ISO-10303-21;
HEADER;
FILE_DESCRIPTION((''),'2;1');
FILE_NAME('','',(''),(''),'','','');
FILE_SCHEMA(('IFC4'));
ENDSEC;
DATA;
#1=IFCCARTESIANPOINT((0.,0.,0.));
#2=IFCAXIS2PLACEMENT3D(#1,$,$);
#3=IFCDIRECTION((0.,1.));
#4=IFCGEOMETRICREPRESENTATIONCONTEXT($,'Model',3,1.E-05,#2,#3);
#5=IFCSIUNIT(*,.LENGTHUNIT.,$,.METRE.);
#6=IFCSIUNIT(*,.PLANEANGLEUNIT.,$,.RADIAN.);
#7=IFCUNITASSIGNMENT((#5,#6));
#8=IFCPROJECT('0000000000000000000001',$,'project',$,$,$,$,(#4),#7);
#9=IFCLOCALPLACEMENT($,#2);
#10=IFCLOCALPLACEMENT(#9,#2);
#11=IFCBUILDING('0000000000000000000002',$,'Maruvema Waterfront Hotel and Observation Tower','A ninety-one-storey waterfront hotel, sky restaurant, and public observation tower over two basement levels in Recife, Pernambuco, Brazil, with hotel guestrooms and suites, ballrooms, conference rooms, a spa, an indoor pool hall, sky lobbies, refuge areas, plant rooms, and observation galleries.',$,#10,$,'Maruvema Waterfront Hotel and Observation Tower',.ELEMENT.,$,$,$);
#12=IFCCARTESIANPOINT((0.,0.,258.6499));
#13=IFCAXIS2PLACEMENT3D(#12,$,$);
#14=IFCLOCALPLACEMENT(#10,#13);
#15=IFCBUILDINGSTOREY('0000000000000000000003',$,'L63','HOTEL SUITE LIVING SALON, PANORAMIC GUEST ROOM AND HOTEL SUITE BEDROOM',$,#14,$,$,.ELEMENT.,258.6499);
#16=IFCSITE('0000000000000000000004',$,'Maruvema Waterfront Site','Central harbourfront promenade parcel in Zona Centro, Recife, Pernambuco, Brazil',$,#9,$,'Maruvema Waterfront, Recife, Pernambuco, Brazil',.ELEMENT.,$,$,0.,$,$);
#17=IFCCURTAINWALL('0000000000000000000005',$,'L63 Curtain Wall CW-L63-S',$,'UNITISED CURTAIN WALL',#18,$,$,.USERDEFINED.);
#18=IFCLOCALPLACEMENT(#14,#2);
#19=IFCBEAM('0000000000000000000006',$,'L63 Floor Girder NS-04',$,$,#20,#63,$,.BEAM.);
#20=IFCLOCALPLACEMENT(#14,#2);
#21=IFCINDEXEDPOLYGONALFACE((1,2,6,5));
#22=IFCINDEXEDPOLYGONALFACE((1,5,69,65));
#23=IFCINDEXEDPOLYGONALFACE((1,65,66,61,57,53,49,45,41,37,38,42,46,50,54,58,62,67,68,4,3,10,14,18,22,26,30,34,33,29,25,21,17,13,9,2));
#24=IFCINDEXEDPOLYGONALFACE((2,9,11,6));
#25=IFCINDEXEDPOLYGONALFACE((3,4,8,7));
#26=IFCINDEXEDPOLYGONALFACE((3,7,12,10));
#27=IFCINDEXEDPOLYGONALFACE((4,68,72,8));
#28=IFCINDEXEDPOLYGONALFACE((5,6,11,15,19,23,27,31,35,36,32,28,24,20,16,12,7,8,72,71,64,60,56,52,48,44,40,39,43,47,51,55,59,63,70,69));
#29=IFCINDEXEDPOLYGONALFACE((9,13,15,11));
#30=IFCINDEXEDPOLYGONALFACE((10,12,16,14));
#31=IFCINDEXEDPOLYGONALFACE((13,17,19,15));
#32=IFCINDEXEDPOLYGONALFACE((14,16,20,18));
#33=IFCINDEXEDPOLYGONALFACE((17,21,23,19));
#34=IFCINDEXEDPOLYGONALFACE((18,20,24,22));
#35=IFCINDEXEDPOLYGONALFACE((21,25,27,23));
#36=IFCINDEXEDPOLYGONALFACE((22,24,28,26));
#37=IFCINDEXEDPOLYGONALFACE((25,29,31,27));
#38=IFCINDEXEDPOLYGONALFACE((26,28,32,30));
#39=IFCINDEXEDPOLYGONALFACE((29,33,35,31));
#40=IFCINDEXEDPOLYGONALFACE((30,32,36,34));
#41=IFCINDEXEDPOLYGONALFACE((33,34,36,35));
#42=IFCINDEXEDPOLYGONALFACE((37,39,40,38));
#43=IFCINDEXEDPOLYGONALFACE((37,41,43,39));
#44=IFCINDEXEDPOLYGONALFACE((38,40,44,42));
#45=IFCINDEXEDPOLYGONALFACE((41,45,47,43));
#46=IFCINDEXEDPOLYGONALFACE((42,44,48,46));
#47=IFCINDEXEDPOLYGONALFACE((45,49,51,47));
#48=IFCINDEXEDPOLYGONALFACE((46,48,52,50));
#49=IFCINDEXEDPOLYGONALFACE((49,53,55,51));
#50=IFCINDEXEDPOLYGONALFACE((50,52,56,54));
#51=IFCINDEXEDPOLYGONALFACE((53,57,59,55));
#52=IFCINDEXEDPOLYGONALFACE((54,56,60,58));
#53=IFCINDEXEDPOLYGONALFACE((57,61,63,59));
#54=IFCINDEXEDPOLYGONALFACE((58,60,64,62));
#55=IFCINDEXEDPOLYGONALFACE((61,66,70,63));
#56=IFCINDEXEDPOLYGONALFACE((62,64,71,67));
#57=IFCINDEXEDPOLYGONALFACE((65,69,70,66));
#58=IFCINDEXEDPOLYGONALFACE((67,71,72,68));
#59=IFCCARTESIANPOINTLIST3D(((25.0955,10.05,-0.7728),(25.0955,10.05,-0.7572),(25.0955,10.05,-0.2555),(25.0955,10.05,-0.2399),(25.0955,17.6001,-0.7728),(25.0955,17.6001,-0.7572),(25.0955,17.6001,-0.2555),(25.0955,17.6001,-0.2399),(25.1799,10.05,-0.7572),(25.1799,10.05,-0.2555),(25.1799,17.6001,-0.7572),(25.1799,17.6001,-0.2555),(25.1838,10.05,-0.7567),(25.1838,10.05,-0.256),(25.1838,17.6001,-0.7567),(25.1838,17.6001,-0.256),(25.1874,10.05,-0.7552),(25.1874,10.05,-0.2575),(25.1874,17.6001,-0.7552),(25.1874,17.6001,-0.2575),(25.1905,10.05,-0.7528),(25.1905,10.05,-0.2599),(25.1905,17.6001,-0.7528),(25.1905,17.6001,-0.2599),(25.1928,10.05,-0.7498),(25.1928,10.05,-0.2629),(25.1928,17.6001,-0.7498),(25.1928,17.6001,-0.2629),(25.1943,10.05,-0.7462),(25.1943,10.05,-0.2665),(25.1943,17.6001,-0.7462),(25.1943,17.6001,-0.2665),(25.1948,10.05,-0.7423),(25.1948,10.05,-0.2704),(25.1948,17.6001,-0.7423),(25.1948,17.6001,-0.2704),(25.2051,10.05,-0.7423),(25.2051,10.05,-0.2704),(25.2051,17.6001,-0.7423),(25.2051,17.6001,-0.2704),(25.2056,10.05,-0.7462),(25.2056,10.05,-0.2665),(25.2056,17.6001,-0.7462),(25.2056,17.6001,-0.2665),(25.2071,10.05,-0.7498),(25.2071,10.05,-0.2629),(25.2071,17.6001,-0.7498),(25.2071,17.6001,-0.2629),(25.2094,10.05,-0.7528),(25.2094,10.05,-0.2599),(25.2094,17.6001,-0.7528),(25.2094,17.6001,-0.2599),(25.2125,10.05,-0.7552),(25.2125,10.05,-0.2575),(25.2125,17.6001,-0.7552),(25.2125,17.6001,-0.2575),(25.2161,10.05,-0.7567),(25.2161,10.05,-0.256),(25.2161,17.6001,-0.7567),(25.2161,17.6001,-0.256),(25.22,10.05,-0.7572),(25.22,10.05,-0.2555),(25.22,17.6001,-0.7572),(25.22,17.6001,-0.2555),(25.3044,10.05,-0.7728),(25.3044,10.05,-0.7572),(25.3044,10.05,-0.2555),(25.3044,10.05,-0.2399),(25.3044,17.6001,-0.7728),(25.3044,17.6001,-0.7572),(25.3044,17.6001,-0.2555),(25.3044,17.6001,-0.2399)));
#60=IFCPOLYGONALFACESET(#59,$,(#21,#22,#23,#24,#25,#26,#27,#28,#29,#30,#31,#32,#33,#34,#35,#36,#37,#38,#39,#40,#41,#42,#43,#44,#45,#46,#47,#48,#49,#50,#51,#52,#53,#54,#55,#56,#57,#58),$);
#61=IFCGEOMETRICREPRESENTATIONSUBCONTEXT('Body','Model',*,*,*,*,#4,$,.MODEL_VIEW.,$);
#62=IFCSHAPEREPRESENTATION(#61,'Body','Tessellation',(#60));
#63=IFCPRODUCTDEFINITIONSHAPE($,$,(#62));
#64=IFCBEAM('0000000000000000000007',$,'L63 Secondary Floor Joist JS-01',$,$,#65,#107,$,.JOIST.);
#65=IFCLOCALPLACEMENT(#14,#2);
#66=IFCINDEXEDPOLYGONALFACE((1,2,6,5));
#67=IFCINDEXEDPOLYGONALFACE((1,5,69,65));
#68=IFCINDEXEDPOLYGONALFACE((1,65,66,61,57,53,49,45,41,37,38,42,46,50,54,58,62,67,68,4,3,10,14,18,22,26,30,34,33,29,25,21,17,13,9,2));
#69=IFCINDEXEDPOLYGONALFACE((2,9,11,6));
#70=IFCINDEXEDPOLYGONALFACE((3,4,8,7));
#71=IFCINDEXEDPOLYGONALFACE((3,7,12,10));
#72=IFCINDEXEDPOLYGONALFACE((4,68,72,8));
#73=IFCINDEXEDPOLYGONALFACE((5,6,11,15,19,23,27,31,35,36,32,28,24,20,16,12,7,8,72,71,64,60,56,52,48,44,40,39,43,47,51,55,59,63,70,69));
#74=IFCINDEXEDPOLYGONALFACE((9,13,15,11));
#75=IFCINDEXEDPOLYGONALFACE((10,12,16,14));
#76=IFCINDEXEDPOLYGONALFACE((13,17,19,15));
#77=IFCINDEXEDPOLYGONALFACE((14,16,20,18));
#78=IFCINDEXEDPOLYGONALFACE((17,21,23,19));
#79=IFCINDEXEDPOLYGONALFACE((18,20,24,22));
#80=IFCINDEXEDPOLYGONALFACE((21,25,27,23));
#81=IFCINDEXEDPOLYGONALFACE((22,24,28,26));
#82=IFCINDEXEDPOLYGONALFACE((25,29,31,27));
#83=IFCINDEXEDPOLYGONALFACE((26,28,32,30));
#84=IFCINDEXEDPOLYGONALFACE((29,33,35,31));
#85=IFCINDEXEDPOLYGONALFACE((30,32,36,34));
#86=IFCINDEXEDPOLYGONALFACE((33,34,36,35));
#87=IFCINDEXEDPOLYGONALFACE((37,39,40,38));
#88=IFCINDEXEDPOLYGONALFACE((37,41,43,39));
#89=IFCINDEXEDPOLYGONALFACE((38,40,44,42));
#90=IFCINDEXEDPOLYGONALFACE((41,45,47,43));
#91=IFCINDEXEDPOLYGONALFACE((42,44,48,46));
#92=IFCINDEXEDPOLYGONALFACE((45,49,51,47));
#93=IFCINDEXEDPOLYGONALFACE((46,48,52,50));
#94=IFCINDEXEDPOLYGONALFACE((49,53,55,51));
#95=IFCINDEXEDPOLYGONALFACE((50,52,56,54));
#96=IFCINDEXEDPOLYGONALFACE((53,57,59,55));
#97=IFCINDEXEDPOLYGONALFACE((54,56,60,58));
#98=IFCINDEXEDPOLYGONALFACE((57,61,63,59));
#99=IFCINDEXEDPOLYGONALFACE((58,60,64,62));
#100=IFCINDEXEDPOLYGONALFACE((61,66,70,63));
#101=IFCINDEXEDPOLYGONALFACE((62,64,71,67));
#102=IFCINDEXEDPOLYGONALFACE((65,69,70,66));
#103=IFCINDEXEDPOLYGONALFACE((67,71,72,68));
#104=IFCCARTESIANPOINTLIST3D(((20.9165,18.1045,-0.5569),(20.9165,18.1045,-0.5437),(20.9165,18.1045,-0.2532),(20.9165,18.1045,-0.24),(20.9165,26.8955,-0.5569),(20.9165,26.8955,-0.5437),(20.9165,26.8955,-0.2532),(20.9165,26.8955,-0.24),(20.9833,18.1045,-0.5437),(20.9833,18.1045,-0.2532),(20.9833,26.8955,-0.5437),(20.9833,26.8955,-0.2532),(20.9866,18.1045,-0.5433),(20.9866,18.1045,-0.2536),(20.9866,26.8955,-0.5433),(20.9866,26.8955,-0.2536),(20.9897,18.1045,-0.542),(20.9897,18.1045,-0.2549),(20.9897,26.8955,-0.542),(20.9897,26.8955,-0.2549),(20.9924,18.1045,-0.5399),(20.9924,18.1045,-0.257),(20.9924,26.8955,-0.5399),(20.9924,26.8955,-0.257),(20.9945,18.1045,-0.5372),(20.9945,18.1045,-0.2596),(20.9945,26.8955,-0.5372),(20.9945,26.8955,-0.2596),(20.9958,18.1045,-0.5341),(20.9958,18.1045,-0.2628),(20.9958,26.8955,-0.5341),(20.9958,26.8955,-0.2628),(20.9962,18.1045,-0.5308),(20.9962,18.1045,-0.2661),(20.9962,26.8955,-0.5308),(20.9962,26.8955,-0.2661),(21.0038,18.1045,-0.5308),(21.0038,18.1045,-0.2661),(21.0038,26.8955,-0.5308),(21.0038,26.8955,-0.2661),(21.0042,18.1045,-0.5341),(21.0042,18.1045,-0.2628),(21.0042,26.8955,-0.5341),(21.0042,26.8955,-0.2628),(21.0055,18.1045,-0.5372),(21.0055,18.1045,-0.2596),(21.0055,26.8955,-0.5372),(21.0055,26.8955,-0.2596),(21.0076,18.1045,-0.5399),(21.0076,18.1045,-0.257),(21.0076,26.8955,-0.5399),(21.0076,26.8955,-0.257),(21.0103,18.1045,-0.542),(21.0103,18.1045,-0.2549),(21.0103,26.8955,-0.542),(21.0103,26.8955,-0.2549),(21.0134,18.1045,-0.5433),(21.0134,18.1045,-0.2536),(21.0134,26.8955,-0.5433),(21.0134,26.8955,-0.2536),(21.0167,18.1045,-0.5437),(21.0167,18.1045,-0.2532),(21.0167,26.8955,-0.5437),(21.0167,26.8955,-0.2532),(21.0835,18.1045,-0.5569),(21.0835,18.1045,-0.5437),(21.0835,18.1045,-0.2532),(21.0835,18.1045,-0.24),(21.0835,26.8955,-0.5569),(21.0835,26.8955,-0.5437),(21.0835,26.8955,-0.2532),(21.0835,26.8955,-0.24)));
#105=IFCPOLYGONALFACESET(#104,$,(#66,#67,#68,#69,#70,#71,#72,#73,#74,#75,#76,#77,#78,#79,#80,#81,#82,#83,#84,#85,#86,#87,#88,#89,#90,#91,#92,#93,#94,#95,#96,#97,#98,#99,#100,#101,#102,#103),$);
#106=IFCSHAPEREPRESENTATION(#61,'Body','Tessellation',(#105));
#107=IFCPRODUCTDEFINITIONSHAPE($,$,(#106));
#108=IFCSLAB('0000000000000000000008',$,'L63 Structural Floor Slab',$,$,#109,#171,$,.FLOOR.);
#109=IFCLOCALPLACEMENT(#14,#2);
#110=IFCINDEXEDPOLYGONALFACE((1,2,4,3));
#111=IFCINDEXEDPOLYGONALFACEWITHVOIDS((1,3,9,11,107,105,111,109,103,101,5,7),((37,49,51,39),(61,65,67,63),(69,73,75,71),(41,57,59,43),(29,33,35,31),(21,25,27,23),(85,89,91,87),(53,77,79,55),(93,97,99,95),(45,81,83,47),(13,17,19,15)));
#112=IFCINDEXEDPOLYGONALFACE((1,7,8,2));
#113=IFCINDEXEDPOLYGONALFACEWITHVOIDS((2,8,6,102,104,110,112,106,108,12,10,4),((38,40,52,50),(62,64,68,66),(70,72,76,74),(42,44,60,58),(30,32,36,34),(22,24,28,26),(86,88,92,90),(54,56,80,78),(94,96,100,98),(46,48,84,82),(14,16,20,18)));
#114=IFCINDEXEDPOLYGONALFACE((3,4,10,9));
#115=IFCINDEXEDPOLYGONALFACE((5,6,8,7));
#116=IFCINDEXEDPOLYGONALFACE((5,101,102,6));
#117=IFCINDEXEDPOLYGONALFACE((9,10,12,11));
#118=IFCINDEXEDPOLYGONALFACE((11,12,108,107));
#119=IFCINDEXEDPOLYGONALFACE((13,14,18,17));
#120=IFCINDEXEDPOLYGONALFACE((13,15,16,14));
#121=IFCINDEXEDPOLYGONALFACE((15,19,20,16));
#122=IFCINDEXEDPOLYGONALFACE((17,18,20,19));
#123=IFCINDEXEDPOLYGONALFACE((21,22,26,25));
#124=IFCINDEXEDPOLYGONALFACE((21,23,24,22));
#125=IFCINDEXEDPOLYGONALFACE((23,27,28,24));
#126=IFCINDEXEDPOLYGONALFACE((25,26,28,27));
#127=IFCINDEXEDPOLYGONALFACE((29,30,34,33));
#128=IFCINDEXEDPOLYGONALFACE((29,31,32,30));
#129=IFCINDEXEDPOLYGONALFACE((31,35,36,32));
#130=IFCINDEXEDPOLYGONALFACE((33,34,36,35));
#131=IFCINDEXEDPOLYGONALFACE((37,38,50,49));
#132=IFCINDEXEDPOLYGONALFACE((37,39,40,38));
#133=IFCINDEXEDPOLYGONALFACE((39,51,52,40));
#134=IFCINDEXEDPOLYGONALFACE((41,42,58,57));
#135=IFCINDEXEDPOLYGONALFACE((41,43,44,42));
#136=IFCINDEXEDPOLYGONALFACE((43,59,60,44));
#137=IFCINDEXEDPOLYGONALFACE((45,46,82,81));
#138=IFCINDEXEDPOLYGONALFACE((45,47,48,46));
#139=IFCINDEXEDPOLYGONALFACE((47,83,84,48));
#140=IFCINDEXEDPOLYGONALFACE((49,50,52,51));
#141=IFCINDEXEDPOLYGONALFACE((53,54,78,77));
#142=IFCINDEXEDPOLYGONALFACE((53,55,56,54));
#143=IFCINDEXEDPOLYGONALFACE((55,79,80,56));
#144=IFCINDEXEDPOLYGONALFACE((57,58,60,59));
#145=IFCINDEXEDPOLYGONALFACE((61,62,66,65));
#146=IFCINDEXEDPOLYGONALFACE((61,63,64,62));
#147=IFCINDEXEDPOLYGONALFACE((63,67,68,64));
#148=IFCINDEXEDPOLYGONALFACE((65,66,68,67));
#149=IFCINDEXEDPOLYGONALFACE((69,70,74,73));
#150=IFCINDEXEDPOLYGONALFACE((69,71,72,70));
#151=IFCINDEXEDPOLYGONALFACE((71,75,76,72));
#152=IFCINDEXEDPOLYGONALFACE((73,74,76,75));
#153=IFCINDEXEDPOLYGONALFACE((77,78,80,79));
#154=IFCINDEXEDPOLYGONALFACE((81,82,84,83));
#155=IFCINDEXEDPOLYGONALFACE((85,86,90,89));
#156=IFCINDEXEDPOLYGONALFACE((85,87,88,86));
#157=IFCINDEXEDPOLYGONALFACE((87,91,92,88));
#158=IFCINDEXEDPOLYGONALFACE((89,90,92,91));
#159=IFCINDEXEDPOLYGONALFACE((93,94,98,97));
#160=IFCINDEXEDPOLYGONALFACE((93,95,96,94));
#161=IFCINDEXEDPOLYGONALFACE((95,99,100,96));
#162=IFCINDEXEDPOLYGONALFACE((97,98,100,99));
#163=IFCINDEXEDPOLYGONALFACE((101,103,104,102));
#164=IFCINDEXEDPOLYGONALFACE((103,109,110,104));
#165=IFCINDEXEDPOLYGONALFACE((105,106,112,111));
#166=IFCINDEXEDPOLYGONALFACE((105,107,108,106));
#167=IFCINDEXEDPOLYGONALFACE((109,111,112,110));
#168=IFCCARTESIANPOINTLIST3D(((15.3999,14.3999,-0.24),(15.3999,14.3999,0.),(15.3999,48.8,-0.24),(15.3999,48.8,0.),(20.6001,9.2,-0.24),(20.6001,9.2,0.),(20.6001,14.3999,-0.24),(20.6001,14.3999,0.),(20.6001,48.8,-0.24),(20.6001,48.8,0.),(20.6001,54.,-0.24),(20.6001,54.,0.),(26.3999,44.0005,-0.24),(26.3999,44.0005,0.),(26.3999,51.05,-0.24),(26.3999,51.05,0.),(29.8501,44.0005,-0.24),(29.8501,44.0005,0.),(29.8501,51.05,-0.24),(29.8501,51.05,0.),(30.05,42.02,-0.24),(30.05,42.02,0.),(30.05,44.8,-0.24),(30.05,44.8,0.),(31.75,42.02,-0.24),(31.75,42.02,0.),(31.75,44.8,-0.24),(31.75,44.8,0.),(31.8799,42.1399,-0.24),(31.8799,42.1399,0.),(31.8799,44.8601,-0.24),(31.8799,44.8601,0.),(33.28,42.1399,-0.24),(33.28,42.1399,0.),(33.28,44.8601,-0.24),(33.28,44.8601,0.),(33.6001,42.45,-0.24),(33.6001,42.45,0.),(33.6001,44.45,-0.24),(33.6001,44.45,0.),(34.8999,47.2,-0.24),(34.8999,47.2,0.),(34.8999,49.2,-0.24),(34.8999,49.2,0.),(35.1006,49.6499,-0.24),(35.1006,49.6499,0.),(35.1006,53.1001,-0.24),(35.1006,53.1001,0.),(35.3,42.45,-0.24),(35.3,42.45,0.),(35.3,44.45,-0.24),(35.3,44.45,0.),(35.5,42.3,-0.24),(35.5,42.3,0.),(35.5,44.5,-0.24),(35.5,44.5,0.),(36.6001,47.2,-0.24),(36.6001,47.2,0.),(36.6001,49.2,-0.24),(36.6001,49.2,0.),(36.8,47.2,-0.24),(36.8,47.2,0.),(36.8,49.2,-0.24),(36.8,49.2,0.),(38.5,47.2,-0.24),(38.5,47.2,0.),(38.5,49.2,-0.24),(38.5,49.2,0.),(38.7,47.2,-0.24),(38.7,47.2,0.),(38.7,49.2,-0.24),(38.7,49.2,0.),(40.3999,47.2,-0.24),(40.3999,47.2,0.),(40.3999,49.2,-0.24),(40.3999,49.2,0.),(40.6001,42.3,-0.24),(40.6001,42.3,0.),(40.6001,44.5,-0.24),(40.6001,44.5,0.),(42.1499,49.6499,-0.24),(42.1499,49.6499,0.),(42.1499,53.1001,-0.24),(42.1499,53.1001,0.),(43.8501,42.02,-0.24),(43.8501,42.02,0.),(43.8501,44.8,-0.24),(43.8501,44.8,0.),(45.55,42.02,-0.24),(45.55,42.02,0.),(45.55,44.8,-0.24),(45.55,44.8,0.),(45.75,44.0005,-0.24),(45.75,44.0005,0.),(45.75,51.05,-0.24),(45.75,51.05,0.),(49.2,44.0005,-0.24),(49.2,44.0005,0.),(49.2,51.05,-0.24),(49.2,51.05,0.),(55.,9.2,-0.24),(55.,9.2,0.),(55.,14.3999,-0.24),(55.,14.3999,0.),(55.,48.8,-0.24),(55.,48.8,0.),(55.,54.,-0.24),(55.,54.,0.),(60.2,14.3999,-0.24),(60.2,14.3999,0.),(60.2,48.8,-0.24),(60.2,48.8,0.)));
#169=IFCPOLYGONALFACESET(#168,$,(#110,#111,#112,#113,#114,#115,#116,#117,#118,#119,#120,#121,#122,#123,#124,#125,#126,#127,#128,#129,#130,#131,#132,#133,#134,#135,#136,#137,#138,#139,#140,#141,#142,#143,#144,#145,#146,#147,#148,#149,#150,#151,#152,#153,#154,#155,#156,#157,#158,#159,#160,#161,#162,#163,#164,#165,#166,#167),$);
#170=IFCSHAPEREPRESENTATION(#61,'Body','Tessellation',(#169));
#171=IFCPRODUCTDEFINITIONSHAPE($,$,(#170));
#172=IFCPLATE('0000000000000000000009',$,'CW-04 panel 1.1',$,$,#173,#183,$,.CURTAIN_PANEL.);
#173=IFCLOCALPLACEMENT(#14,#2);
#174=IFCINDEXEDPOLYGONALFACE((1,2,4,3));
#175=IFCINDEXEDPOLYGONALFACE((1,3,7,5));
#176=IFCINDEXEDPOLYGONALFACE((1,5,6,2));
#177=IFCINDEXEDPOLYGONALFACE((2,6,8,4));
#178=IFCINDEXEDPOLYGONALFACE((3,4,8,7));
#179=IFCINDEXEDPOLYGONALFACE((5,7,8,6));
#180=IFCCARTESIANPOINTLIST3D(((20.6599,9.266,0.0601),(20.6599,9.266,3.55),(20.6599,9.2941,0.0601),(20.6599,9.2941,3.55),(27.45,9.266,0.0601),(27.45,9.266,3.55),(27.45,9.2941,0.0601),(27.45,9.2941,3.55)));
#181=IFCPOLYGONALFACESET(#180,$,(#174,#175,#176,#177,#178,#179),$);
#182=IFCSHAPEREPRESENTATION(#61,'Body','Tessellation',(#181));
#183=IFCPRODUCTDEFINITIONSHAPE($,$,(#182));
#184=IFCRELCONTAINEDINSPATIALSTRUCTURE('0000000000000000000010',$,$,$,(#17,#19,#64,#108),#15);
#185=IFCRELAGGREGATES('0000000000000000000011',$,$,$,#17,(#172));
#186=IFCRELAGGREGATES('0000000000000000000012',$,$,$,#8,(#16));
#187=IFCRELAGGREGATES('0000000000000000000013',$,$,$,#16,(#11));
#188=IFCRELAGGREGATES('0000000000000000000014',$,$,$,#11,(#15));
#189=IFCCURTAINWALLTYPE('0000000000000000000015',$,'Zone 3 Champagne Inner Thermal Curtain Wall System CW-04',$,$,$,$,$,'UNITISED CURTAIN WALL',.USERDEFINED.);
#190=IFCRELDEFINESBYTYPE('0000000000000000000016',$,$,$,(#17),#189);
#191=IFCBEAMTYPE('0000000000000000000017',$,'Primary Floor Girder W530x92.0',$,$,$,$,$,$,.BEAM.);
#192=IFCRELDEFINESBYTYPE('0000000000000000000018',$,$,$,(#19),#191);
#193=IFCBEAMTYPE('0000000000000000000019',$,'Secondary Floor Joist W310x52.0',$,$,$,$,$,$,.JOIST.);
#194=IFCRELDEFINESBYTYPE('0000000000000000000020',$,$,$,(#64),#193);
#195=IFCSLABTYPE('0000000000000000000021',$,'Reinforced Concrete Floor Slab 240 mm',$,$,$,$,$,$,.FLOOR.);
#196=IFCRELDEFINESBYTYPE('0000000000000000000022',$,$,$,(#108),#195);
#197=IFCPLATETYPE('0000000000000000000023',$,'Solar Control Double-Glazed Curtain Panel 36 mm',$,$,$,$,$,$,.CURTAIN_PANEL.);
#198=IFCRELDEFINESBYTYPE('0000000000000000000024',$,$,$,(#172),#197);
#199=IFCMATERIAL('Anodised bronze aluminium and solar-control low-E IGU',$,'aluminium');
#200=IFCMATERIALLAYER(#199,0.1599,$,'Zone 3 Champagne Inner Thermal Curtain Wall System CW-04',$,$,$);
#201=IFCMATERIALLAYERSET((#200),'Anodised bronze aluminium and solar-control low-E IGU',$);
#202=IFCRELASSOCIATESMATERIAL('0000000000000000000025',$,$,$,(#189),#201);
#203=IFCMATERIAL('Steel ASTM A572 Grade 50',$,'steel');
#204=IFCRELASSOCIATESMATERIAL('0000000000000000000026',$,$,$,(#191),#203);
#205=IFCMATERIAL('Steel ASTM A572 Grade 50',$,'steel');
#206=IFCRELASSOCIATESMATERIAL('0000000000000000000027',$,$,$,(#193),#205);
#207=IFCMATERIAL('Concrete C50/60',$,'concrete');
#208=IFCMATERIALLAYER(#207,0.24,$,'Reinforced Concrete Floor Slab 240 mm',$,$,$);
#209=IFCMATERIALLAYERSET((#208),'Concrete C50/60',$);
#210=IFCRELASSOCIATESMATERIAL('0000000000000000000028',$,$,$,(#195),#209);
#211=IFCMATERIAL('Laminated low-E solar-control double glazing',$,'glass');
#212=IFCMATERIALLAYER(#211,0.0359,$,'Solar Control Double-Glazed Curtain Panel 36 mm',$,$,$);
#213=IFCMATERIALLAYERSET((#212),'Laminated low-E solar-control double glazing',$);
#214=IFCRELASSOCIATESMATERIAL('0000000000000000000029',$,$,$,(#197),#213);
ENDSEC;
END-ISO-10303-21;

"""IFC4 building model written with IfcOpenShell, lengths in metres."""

from ifc_helpers import new_model, si_unit, direction, frame, origin, origin_2d, place, context, subcontext, project, spatial, polyline, rectangle, i_section, outline, extrude, material, layer, layer_set, material_profile, profile_set, type_object, element, aggregate, save


model = new_model("IFC4")

# Units and contexts
model_context = context("Model", 3, precision=1e-05, world=origin(), true_north=direction((0.0, 1.0)))
body_context = subcontext(model_context, "Body", "Model", "MODEL_VIEW")
ifc_project = project(units=[si_unit("LENGTHUNIT", "METRE"), si_unit("PLANEANGLEUNIT", "RADIAN")], contexts=[model_context])

# Site, building, storey
site_placement = place(None, origin())
site = spatial("IfcSite", under=ifc_project, at=site_placement, Name="Maruvema Waterfront Site", Description="Central harbourfront promenade parcel in Zona Centro, Recife, Pernambuco, Brazil", LongName="Maruvema Waterfront, Recife, Pernambuco, Brazil", CompositionType="ELEMENT", RefElevation=0.0)
building_placement = place(site_placement, origin())
building = spatial("IfcBuilding", under=site, at=building_placement, Name="Maruvema Waterfront Hotel and Observation Tower", Description="A ninety-one-storey waterfront hotel, sky restaurant, and public observation tower over two basement levels in Recife, Pernambuco, Brazil, with hotel guestrooms and suites, ballrooms, conference rooms, a spa, an indoor pool hall, sky lobbies, refuge areas, plant rooms, and observation galleries.", LongName="Maruvema Waterfront Hotel and Observation Tower", CompositionType="ELEMENT")
storey_placement = place(building_placement, frame((0.0, 0.0, 258.6499)))
storey = spatial("IfcBuildingStorey", under=building, at=storey_placement, Name="L63", Description="HOTEL SUITE LIVING SALON, PANORAMIC GUEST ROOM AND HOTEL SUITE BEDROOM", CompositionType="ELEMENT", Elevation=258.6499)

# Curtain wall
ifc_material_1 = material(Name="Anodised bronze aluminium and solar-control low-E IGU", Category="aluminium")
ifc_layer_1 = layer(ifc_material_1, 0.1599, Name="Zone 3 Champagne Inner Thermal Curtain Wall System CW-04")
ifc_layer_set_1 = layer_set([ifc_layer_1], Name="Anodised bronze aluminium and solar-control low-E IGU")
curtain_wall_type = type_object("IfcCurtainWallType", Name="Zone 3 Champagne Inner Thermal Curtain Wall System CW-04", ElementType="UNITISED CURTAIN WALL", PredefinedType="USERDEFINED", material=ifc_layer_set_1)
curtain_wall_1_placement = place(storey_placement, origin())
curtain_wall_1 = element("IfcCurtainWall", 1, at=curtain_wall_1_placement, inside=storey, type_object=curtain_wall_type, Name="L63 Curtain Wall CW-L63-S", ObjectType="UNITISED CURTAIN WALL", PredefinedType="USERDEFINED")

# Beams
ifc_material_2 = material(Name="Steel ASTM A572 Grade 50", Category="steel")
ifc_material_profile_1 = material_profile(ifc_material_2, i_section(OverallWidth=0.209, OverallDepth=0.533, WebThickness=0.0103, FlangeThickness=0.0156, FilletRadius=0.0149, at=origin_2d()), Name="W530x92.0")
ifc_profile_set_1 = profile_set([ifc_material_profile_1], Name="Steel ASTM A572 Grade 50")
beam_type_1 = type_object("IfcBeamType", Name="Primary Floor Girder W530x92.0", PredefinedType="BEAM", material=ifc_profile_set_1)
beam_1_placement = place(storey_placement, frame((25.2, 10.05, -0.5063), z_axis=(0.0, 1.0, 0.0), x_axis=(-1.0, 0.0, 0.0)))
element("IfcBeam", 2, at=beam_1_placement, inside=storey, type_object=beam_type_1, Name="L63 Floor Girder NS-04", PredefinedType="BEAM", context=body_context, shape_type="SweptSolid", body=[
    extrude(i_section(OverallWidth=0.209, OverallDepth=0.533, WebThickness=0.0103, FlangeThickness=0.0156, FilletRadius=0.0149, at=origin_2d()), origin(), (0.0, 0.0, 1.0), 7.55),
])
ifc_material_3 = material(Name="Steel ASTM A572 Grade 50", Category="steel")
ifc_material_profile_2 = material_profile(ifc_material_3, i_section(OverallWidth=0.167, OverallDepth=0.3169, WebThickness=0.0076, FlangeThickness=0.0132, FilletRadius=0.0129, at=origin_2d()), Name="W310x52.0")
ifc_profile_set_2 = profile_set([ifc_material_profile_2], Name="Steel ASTM A572 Grade 50")
beam_type_2 = type_object("IfcBeamType", Name="Secondary Floor Joist W310x52.0", PredefinedType="JOIST", material=ifc_profile_set_2)
beam_2_placement = place(storey_placement, frame((21.0, 18.1045, -0.3984), z_axis=(0.0, 1.0, 0.0), x_axis=(-1.0, 0.0, 0.0)))
element("IfcBeam", 3, at=beam_2_placement, inside=storey, type_object=beam_type_2, Name="L63 Secondary Floor Joist JS-01", PredefinedType="JOIST", context=body_context, shape_type="SweptSolid", body=[
    extrude(i_section(OverallWidth=0.167, OverallDepth=0.3169, WebThickness=0.0076, FlangeThickness=0.0132, FilletRadius=0.0129, at=origin_2d()), origin(), (0.0, 0.0, 1.0), 8.791),
])

# Slab
ifc_material_4 = material(Name="Concrete C50/60", Category="concrete")
ifc_layer_2 = layer(ifc_material_4, 0.24, Name="Reinforced Concrete Floor Slab 240 mm")
ifc_layer_set_2 = layer_set([ifc_layer_2], Name="Concrete C50/60")
slab_type_1 = type_object("IfcSlabType", Name="Reinforced Concrete Floor Slab 240 mm", PredefinedType="FLOOR", material=ifc_layer_set_2)
slab_1_placement = place(storey_placement, frame((0.0, 0.0, -0.24)))
element("IfcSlab", 4, at=slab_1_placement, inside=storey, type_object=slab_type_1, Name="L63 Structural Floor Slab", PredefinedType="FLOOR", context=body_context, shape_type="SweptSolid", body=[
    extrude(outline(polyline([(20.6001, 9.2), (55.0, 9.2), (55.0, 14.3999), (60.2, 14.3999), (60.2, 48.8), (55.0, 48.8), (55.0, 54.0), (20.6001, 54.0), (20.6001, 48.8), (15.3999, 48.8), (15.3999, 14.3999), (20.6001, 14.3999), (20.6001, 9.2)]), holes=[polyline([(26.3999, 44.0005), (26.3999, 51.05), (29.8501, 51.05), (29.8501, 44.0005), (26.3999, 44.0005)]), polyline([(30.05, 44.8), (31.75, 44.8), (31.75, 42.02), (30.05, 42.02), (30.05, 44.8)]), polyline([(31.8799, 42.1399), (31.8799, 44.8601), (33.28, 44.8601), (33.28, 42.1399), (31.8799, 42.1399)]), polyline([(33.6001, 44.45), (35.3, 44.45), (35.3, 42.45), (33.6001, 42.45), (33.6001, 44.45)]), polyline([(34.8999, 49.2), (36.6001, 49.2), (36.6001, 47.2), (34.8999, 47.2), (34.8999, 49.2)]), polyline([(36.8, 47.2), (36.8, 49.2), (38.5, 49.2), (38.5, 47.2), (36.8, 47.2)]), polyline([(35.5, 42.3), (35.5, 44.5), (40.6001, 44.5), (40.6001, 42.3), (35.5, 42.3)]), polyline([(35.1006, 53.1001), (42.1499, 53.1001), (42.1499, 49.6499), (35.1006, 49.6499), (35.1006, 53.1001)]), polyline([(38.7, 49.2), (40.3999, 49.2), (40.3999, 47.2), (38.7, 47.2), (38.7, 49.2)]), polyline([(43.8501, 44.8), (45.55, 44.8), (45.55, 42.02), (43.8501, 42.02), (43.8501, 44.8)]), polyline([(45.75, 44.0005), (45.75, 51.05), (49.2, 51.05), (49.2, 44.0005), (45.75, 44.0005)])]), origin(), (0.0, 0.0, 1.0), 0.24),
])

# Plate
ifc_material_5 = material(Name="Laminated low-E solar-control double glazing", Category="glass")
ifc_layer_3 = layer(ifc_material_5, 0.0359, Name="Solar Control Double-Glazed Curtain Panel 36 mm")
ifc_layer_set_3 = layer_set([ifc_layer_3], Name="Laminated low-E solar-control double glazing")
plate_type = type_object("IfcPlateType", Name="Solar Control Double-Glazed Curtain Panel 36 mm", PredefinedType="CURTAIN_PANEL", material=ifc_layer_set_3)
plate_1_placement = place(storey_placement, frame((24.0549, 9.28, 0.0601), z_axis=(0.0, 0.0, 1.0), x_axis=(1.0, 0.0, 0.0)))
plate_1 = element("IfcPlate", 5, at=plate_1_placement, type_object=plate_type, Name="CW-04 panel 1.1", PredefinedType="CURTAIN_PANEL", context=body_context, shape_type="SweptSolid", body=[
    extrude(rectangle(XDim=6.79, YDim=0.0281, at=origin_2d()), origin(), (0.0, 0.0, 1.0), 3.49),
])
aggregate(curtain_wall_1, [plate_1])

save(model, "model.ifc")
